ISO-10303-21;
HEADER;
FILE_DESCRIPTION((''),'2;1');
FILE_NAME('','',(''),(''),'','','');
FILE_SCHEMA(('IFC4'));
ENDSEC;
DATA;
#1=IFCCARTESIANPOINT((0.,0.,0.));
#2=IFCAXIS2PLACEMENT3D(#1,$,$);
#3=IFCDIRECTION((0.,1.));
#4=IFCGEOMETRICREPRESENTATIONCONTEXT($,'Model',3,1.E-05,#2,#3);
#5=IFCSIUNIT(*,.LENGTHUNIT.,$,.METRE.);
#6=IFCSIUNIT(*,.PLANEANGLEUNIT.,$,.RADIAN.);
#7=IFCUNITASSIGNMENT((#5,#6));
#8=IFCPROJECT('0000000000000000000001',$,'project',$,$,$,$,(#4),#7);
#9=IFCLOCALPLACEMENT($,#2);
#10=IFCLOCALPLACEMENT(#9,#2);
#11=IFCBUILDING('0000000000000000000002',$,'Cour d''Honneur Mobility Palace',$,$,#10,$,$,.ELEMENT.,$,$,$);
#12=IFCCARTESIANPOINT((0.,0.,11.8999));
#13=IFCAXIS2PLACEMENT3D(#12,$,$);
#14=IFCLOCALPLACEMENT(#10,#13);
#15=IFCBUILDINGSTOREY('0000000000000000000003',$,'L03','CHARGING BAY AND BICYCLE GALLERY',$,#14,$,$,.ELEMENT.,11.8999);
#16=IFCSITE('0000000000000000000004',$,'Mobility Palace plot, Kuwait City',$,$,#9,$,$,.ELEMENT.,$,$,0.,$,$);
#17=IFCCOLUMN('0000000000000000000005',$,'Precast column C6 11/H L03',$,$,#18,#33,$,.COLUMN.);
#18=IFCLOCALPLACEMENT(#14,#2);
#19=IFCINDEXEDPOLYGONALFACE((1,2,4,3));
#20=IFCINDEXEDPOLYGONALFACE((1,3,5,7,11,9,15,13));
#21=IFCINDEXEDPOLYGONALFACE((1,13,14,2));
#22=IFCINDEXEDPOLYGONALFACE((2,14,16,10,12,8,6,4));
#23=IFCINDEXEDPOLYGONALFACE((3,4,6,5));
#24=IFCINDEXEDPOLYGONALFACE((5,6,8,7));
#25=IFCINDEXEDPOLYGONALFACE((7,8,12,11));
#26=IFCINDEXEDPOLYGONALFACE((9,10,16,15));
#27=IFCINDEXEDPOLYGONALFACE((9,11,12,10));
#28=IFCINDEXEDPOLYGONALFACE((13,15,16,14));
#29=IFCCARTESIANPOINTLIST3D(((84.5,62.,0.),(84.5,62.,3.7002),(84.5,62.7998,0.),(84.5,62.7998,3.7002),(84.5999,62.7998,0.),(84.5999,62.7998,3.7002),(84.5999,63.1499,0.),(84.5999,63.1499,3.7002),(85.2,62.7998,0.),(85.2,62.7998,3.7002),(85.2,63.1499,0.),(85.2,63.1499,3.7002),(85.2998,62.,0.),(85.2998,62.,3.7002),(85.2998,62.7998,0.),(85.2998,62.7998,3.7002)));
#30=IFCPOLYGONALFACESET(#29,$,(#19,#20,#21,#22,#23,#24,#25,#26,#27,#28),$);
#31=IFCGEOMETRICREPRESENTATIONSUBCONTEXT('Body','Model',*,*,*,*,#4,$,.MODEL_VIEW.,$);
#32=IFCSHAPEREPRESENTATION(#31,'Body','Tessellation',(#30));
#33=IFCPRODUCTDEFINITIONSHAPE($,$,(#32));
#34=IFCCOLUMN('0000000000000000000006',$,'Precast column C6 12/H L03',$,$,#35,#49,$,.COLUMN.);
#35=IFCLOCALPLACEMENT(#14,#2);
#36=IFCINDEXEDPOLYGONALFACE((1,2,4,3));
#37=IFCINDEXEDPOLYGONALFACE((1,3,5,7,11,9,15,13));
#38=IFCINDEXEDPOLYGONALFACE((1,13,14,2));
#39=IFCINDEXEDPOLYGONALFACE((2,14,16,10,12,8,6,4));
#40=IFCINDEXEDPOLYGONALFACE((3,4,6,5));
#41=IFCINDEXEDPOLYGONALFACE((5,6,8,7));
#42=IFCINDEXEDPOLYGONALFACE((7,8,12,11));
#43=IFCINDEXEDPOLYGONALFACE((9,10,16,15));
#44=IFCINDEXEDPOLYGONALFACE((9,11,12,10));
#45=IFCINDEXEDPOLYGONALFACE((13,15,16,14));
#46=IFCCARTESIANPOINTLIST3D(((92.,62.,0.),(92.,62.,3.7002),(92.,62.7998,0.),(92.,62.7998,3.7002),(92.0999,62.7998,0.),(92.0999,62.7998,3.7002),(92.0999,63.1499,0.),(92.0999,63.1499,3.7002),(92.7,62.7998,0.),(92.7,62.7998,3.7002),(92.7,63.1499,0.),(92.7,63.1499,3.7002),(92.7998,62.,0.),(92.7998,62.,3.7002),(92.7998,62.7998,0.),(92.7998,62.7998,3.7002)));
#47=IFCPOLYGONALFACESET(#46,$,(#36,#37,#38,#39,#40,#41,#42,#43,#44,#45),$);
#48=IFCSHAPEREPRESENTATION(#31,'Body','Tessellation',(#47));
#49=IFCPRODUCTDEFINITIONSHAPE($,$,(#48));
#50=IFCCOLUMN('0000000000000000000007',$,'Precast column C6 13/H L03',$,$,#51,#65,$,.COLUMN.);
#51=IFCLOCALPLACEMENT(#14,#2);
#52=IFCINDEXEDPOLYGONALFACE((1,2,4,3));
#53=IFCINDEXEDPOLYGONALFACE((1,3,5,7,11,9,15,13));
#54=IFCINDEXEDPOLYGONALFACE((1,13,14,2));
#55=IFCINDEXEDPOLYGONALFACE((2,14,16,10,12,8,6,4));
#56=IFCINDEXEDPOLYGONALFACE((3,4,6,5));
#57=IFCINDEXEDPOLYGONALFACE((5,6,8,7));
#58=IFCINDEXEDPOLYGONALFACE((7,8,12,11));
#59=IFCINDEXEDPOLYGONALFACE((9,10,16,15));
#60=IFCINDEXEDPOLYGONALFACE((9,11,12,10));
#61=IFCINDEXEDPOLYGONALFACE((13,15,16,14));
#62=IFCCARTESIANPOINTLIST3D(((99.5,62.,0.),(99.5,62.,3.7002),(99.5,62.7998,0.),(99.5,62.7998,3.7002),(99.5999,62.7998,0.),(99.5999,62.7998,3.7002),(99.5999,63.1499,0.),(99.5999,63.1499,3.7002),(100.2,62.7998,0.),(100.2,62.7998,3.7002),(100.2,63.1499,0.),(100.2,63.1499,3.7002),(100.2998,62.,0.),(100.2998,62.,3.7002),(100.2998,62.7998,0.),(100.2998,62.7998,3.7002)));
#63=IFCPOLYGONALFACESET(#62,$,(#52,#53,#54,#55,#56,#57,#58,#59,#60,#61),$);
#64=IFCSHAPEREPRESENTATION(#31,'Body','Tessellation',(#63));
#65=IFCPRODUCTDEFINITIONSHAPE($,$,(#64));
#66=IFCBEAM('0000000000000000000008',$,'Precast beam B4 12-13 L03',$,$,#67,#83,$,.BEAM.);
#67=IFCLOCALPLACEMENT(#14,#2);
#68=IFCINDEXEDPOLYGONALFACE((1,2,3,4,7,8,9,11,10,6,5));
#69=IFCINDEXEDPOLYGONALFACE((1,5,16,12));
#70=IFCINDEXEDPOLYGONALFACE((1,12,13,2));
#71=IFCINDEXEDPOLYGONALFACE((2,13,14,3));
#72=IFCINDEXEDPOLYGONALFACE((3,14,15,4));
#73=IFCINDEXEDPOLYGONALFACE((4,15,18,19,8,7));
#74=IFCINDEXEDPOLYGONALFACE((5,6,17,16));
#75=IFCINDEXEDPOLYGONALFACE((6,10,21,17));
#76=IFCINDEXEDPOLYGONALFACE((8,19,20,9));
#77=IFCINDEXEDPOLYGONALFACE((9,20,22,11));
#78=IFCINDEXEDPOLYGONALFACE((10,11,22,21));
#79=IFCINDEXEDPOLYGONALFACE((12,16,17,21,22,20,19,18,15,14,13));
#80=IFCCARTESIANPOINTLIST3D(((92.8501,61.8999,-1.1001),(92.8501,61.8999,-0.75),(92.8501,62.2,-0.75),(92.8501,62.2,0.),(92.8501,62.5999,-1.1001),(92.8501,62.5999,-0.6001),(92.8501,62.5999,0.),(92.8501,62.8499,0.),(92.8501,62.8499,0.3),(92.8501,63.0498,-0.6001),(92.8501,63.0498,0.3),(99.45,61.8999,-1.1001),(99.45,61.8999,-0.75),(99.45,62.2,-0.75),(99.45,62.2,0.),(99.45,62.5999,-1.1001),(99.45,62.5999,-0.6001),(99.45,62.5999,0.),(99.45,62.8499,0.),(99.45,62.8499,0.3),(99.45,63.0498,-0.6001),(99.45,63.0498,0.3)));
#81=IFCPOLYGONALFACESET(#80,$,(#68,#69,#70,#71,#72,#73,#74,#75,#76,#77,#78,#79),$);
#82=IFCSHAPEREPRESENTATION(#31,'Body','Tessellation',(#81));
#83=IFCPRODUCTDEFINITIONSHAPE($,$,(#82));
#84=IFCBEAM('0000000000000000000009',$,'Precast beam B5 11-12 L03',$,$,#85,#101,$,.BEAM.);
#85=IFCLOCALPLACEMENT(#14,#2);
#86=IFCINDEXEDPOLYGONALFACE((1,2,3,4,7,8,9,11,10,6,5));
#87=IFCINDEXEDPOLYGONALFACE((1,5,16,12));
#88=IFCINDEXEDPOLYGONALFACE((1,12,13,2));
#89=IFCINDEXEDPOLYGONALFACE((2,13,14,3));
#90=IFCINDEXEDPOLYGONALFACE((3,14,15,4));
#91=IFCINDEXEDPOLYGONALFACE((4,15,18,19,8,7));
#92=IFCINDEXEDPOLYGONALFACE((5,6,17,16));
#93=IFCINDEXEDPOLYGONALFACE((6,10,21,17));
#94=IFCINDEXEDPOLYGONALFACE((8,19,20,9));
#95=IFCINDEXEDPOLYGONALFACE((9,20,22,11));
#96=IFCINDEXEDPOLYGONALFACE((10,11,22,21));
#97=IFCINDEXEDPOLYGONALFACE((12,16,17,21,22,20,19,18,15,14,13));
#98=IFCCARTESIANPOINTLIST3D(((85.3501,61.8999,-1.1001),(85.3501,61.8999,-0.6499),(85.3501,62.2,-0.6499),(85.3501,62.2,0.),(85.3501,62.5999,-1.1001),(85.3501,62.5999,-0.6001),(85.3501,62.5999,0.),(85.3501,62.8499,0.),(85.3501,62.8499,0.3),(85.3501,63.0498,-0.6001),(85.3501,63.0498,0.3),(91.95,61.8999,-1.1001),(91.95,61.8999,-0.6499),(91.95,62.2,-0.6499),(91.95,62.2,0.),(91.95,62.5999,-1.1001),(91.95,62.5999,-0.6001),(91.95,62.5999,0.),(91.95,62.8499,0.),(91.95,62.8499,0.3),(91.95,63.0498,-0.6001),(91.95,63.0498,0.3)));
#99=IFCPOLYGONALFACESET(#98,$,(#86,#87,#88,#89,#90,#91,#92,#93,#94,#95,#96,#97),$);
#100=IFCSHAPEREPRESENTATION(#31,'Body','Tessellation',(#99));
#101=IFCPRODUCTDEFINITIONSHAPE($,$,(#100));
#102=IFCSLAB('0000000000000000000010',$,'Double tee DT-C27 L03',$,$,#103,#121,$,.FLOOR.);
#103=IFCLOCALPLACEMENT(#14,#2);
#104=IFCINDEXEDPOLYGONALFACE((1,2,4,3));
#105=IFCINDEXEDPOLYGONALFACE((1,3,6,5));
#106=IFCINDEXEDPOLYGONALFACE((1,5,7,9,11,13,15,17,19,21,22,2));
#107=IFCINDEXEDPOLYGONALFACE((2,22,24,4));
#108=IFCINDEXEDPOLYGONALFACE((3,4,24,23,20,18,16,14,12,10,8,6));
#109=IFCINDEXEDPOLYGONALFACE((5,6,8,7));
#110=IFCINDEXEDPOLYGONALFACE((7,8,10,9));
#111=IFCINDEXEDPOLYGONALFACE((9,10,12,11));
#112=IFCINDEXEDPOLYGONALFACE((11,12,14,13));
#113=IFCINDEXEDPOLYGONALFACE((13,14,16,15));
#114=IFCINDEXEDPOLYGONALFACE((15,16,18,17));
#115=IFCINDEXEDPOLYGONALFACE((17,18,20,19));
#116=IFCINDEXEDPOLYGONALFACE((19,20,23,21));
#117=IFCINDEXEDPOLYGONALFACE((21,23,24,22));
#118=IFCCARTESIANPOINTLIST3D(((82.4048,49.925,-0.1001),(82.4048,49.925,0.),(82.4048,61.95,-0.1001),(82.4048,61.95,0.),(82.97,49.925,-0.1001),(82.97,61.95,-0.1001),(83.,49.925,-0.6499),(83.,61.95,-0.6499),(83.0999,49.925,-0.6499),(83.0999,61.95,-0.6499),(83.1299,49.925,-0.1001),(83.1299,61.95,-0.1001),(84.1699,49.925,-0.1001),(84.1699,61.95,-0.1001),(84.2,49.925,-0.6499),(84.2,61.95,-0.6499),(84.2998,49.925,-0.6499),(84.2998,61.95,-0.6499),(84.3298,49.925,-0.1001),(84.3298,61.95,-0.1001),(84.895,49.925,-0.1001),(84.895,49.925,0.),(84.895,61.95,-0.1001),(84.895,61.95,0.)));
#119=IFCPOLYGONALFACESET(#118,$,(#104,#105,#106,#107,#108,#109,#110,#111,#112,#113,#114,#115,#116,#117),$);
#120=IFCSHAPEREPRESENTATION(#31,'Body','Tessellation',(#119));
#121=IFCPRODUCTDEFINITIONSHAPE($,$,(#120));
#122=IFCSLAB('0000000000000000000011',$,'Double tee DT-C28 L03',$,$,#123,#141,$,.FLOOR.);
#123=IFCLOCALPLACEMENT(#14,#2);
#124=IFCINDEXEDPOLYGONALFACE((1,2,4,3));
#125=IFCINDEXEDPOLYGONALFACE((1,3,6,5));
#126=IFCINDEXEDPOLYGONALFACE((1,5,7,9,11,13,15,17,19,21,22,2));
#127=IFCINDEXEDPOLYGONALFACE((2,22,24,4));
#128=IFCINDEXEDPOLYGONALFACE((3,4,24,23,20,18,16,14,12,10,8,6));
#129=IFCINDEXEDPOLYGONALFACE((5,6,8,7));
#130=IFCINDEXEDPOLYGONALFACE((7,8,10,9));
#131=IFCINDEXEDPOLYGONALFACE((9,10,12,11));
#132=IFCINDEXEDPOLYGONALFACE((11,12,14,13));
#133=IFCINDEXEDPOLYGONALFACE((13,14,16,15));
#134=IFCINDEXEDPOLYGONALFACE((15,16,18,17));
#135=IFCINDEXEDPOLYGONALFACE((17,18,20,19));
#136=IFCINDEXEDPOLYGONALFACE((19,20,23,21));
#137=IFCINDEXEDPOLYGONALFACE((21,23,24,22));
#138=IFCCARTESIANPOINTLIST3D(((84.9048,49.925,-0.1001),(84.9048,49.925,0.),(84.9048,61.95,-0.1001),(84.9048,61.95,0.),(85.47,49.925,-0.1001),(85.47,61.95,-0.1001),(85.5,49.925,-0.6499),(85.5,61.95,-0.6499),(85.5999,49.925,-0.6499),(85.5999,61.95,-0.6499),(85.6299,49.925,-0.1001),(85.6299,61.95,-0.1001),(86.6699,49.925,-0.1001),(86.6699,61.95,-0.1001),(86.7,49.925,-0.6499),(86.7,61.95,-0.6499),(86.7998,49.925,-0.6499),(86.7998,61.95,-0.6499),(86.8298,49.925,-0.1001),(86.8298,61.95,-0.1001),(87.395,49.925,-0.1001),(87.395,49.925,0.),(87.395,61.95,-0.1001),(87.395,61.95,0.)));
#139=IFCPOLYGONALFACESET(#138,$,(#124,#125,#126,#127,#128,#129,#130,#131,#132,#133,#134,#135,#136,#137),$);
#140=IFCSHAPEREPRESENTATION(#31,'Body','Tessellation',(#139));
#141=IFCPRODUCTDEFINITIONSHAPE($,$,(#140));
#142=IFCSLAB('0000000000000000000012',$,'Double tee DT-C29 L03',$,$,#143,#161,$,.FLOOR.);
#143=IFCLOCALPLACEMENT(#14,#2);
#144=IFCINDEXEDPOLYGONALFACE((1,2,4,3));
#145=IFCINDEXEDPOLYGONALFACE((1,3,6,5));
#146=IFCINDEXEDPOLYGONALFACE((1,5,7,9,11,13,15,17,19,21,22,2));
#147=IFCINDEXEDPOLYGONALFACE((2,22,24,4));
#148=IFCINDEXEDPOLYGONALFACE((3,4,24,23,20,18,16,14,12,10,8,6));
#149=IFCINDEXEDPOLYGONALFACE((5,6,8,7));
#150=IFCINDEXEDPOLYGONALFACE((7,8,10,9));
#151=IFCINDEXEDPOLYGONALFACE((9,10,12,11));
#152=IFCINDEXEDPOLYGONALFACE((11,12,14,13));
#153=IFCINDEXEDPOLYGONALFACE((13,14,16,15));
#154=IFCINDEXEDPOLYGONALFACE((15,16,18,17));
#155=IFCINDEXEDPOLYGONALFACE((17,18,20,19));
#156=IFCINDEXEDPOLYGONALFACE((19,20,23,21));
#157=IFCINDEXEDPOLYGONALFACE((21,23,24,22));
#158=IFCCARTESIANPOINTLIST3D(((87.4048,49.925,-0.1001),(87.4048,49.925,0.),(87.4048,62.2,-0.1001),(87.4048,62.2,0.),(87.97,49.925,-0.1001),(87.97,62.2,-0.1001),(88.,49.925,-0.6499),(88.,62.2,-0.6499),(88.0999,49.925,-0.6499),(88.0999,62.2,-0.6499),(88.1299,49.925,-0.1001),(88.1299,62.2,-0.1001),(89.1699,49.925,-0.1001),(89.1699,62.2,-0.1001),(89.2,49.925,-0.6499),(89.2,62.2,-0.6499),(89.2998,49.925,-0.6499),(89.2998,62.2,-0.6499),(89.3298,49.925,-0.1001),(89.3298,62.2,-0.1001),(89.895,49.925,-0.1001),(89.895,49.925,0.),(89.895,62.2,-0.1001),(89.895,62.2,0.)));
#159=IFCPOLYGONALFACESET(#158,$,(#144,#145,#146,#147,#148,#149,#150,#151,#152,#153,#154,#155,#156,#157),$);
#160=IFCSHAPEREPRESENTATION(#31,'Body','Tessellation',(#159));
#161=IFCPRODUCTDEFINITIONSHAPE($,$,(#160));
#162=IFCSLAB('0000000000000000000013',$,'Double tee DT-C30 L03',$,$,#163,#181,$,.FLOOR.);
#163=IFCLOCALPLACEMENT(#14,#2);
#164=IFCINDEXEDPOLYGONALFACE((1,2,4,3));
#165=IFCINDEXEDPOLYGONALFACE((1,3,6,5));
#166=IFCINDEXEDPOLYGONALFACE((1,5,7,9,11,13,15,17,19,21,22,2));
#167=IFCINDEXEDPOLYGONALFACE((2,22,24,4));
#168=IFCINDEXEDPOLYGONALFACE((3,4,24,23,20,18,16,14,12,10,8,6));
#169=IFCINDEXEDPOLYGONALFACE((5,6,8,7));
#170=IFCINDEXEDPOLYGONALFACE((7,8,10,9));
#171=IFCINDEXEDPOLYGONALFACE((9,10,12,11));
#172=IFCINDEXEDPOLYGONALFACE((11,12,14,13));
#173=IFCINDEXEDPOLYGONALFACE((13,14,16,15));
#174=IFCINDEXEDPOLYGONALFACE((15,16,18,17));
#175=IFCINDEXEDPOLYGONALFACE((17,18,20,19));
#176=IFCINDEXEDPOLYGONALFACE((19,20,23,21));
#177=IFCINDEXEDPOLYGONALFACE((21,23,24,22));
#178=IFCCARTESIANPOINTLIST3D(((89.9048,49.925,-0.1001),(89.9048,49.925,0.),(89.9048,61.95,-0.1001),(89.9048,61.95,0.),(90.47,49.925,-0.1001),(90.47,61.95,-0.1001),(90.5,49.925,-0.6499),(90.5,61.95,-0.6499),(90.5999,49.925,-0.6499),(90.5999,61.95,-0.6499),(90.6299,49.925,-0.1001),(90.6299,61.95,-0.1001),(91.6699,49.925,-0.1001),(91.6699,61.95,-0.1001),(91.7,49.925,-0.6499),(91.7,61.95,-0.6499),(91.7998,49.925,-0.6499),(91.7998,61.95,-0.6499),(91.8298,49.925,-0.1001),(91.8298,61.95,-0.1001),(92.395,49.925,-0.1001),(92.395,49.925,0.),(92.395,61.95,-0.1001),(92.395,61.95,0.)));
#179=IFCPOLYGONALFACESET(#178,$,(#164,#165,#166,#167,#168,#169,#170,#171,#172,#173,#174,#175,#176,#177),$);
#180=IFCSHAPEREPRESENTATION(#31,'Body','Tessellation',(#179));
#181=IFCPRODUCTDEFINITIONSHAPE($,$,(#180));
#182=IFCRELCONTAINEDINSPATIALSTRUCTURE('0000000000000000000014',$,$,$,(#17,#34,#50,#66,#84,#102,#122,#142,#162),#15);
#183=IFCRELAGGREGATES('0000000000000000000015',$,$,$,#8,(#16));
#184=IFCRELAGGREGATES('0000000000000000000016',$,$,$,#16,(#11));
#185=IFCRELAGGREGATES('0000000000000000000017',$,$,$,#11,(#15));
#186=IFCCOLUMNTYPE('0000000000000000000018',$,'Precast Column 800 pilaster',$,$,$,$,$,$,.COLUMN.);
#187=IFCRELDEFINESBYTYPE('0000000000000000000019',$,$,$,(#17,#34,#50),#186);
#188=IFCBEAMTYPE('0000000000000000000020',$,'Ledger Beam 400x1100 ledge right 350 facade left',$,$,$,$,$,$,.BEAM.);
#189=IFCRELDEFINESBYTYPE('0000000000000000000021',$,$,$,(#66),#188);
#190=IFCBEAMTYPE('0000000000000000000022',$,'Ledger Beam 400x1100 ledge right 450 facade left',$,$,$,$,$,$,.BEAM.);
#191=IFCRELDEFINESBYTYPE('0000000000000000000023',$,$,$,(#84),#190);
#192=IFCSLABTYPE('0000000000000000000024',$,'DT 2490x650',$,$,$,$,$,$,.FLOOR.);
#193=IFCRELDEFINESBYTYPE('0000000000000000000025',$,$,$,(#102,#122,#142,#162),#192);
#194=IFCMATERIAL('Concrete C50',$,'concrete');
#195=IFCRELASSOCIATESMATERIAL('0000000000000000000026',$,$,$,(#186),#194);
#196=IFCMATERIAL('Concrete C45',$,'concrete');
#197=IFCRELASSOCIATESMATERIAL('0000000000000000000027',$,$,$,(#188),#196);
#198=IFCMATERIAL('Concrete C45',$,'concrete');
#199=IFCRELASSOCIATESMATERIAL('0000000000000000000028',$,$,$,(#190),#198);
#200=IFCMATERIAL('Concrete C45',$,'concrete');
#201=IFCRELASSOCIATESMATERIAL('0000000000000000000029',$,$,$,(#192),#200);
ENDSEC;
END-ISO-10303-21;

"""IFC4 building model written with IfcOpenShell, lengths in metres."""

from ifc_helpers import new_model, si_unit, direction, frame, origin, place, context, subcontext, project, spatial, polyline, outline, extrude, material, material_profile, profile_set, type_object, element, save


model = new_model("IFC4")

# Units and contexts
model_context = context("Model", 3, precision=1e-05, world=origin(), true_north=direction((0.0, 1.0)))
body_context = subcontext(model_context, "Body", "Model", "MODEL_VIEW")
ifc_project = project(units=[si_unit("LENGTHUNIT", "METRE"), si_unit("PLANEANGLEUNIT", "RADIAN")], contexts=[model_context])

# Site, building, storey
site_placement = place(None, origin())
site = spatial("IfcSite", under=ifc_project, at=site_placement, Name="Mobility Palace plot, Kuwait City", CompositionType="ELEMENT", RefElevation=0.0)
building_placement = place(site_placement, origin())
building = spatial("IfcBuilding", under=site, at=building_placement, Name="Cour d'Honneur Mobility Palace", CompositionType="ELEMENT")
storey_placement = place(building_placement, frame((0.0, 0.0, 11.8999)))
storey = spatial("IfcBuildingStorey", under=building, at=storey_placement, Name="L03", Description="CHARGING BAY AND BICYCLE GALLERY", CompositionType="ELEMENT", Elevation=11.8999)

# Columns
ifc_material_1 = material(Name="Concrete C50", Category="concrete")
ifc_material_profile_1 = material_profile(ifc_material_1, outline(polyline([(-0.3999, -0.3999), (0.3999, -0.3999), (0.3999, -0.3), (0.75, -0.3), (0.75, 0.3), (0.3999, 0.3), (0.3999, 0.3999), (-0.3999, 0.3999), (-0.3999, -0.3999)])), Name="PC C800 pilaster")
ifc_profile_set_1 = profile_set([ifc_material_profile_1], Name="Concrete C50")
column_type = type_object("IfcColumnType", Name="Precast Column 800 pilaster", PredefinedType="COLUMN", material=ifc_profile_set_1)
for number, where, z_axis, x_axis, name in (
    (1, (84.8999, 62.3999, 0.0), (0.0, 0.0, 1.0), (0.0, 1.0, 0.0), "Precast column C6 11/H L03"),
    (2, (92.3999, 62.3999, 0.0), (0.0, 0.0, 1.0), (0.0, 1.0, 0.0), "Precast column C6 12/H L03"),
    (3, (99.8999, 62.3999, 0.0), (0.0, 0.0, 1.0), (0.0, 1.0, 0.0), "Precast column C6 13/H L03"),
):
    element("IfcColumn", number, at=place(storey_placement, frame(where, z_axis=z_axis, x_axis=x_axis)), inside=storey, type_object=column_type, Name=name, PredefinedType="COLUMN", context=body_context, shape_type="SweptSolid", body=[
        extrude(outline(polyline([(-0.3999, -0.3999), (0.3999, -0.3999), (0.3999, -0.3), (0.75, -0.3), (0.75, 0.3), (0.3999, 0.3), (0.3999, 0.3999), (-0.3999, 0.3999), (-0.3999, -0.3999)])), origin(), (0.0, 0.0, 1.0), 3.7002),
    ])

# Beams
ifc_material_2 = material(Name="Concrete C45", Category="concrete")
ifc_material_profile_2 = material_profile(ifc_material_2, outline(polyline([(0.2, -1.1001), (0.2, -0.6001), (0.6499, -0.6001), (0.6499, 0.3), (0.45, 0.3), (0.45, 0.0), (0.2, 0.0), (-0.2, 0.0), (-0.2, -0.75), (-0.5, -0.75), (-0.5, -1.1001), (0.2, -1.1001)])), Name="Ledger Beam 400x1100 ledge right 350 facade left")
ifc_profile_set_2 = profile_set([ifc_material_profile_2], Name="Concrete C45")
beam_type_1 = type_object("IfcBeamType", Name="Ledger Beam 400x1100 ledge right 350 facade left", PredefinedType="BEAM", material=ifc_profile_set_2)
beam_1_placement = place(storey_placement, frame((92.8501, 62.3999, 0.0), z_axis=(1.0, 0.0, 0.0), x_axis=(0.0, 1.0, 0.0)))
element("IfcBeam", 4, at=beam_1_placement, inside=storey, type_object=beam_type_1, Name="Precast beam B4 12-13 L03", PredefinedType="BEAM", context=body_context, shape_type="SweptSolid", body=[
    extrude(outline(polyline([(0.2, -1.1001), (0.2, -0.6001), (0.6499, -0.6001), (0.6499, 0.3), (0.45, 0.3), (0.45, 0.0), (0.2, 0.0), (-0.2, 0.0), (-0.2, -0.75), (-0.5, -0.75), (-0.5, -1.1001), (0.2, -1.1001)])), origin(), (0.0, 0.0, 1.0), 6.5999),
])
ifc_material_3 = material(Name="Concrete C45", Category="concrete")
ifc_material_profile_3 = material_profile(ifc_material_3, outline(polyline([(0.2, -1.1001), (0.2, -0.6001), (0.6499, -0.6001), (0.6499, 0.3), (0.45, 0.3), (0.45, 0.0), (0.2, 0.0), (-0.2, 0.0), (-0.2, -0.6499), (-0.5, -0.6499), (-0.5, -1.1001), (0.2, -1.1001)])), Name="Ledger Beam 400x1100 ledge right 450 facade left")
ifc_profile_set_3 = profile_set([ifc_material_profile_3], Name="Concrete C45")
beam_type_2 = type_object("IfcBeamType", Name="Ledger Beam 400x1100 ledge right 450 facade left", PredefinedType="BEAM", material=ifc_profile_set_3)
beam_2_placement = place(storey_placement, frame((85.3501, 62.3999, 0.0), z_axis=(1.0, 0.0, 0.0), x_axis=(0.0, 1.0, 0.0)))
element("IfcBeam", 5, at=beam_2_placement, inside=storey, type_object=beam_type_2, Name="Precast beam B5 11-12 L03", PredefinedType="BEAM", context=body_context, shape_type="SweptSolid", body=[
    extrude(outline(polyline([(0.2, -1.1001), (0.2, -0.6001), (0.6499, -0.6001), (0.6499, 0.3), (0.45, 0.3), (0.45, 0.0), (0.2, 0.0), (-0.2, 0.0), (-0.2, -0.6499), (-0.5, -0.6499), (-0.5, -1.1001), (0.2, -1.1001)])), origin(), (0.0, 0.0, 1.0), 6.5999),
])

# Slabs
ifc_material_4 = material(Name="Concrete C45", Category="concrete")
ifc_material_profile_4 = material_profile(ifc_material_4, outline(polyline([(-1.2451, 0.0), (1.2451, 0.0), (1.2451, -0.1001), (0.6799, -0.1001), (0.6499, -0.6499), (0.55, -0.6499), (0.52, -0.1001), (-0.52, -0.1001), (-0.55, -0.6499), (-0.6499, -0.6499), (-0.6799, -0.1001), (-1.2451, -0.1001), (-1.2451, 0.0)])), Name="DT 2490x650")
ifc_profile_set_4 = profile_set([ifc_material_profile_4], Name="Concrete C45")
slab_type_1 = type_object("IfcSlabType", Name="DT 2490x650", PredefinedType="FLOOR", material=ifc_profile_set_4)
for number, where, z_axis, x_axis, name in (
    (6, (83.6499, 49.925, 0.0), (0.0, 1.0, 0.0), (-1.0, 0.0, 0.0), "Double tee DT-C27 L03"),
    (7, (86.1499, 49.925, 0.0), (0.0, 1.0, 0.0), (-1.0, 0.0, 0.0), "Double tee DT-C28 L03"),
):
    element("IfcSlab", number, at=place(storey_placement, frame(where, z_axis=z_axis, x_axis=x_axis)), inside=storey, type_object=slab_type_1, Name=name, PredefinedType="FLOOR", context=body_context, shape_type="SweptSolid", body=[
        extrude(outline(polyline([(-1.2451, 0.0), (1.2451, 0.0), (1.2451, -0.1001), (0.6799, -0.1001), (0.6499, -0.6499), (0.55, -0.6499), (0.52, -0.1001), (-0.52, -0.1001), (-0.55, -0.6499), (-0.6499, -0.6499), (-0.6799, -0.1001), (-1.2451, -0.1001), (-1.2451, 0.0)])), origin(), (0.0, 0.0, 1.0), 12.0249),
    ])
slab_1_placement = place(storey_placement, frame((88.6499, 49.925, 0.0), z_axis=(0.0, 1.0, 0.0), x_axis=(-1.0, 0.0, 0.0)))
element("IfcSlab", 8, at=slab_1_placement, inside=storey, type_object=slab_type_1, Name="Double tee DT-C29 L03", PredefinedType="FLOOR", context=body_context, shape_type="SweptSolid", body=[
    extrude(outline(polyline([(-1.2451, 0.0), (1.2451, 0.0), (1.2451, -0.1001), (0.6799, -0.1001), (0.6499, -0.6499), (0.55, -0.6499), (0.52, -0.1001), (-0.52, -0.1001), (-0.55, -0.6499), (-0.6499, -0.6499), (-0.6799, -0.1001), (-1.2451, -0.1001), (-1.2451, 0.0)])), origin(), (0.0, 0.0, 1.0), 12.2749),
])
slab_2_placement = place(storey_placement, frame((91.1499, 49.925, 0.0), z_axis=(0.0, 1.0, 0.0), x_axis=(-1.0, 0.0, 0.0)))
element("IfcSlab", 9, at=slab_2_placement, inside=storey, type_object=slab_type_1, Name="Double tee DT-C30 L03", PredefinedType="FLOOR", context=body_context, shape_type="SweptSolid", body=[
    extrude(outline(polyline([(-1.2451, 0.0), (1.2451, 0.0), (1.2451, -0.1001), (0.6799, -0.1001), (0.6499, -0.6499), (0.55, -0.6499), (0.52, -0.1001), (-0.52, -0.1001), (-0.55, -0.6499), (-0.6499, -0.6499), (-0.6799, -0.1001), (-1.2451, -0.1001), (-1.2451, 0.0)])), origin(), (0.0, 0.0, 1.0), 12.0249),
])

save(model, "model.ifc")
